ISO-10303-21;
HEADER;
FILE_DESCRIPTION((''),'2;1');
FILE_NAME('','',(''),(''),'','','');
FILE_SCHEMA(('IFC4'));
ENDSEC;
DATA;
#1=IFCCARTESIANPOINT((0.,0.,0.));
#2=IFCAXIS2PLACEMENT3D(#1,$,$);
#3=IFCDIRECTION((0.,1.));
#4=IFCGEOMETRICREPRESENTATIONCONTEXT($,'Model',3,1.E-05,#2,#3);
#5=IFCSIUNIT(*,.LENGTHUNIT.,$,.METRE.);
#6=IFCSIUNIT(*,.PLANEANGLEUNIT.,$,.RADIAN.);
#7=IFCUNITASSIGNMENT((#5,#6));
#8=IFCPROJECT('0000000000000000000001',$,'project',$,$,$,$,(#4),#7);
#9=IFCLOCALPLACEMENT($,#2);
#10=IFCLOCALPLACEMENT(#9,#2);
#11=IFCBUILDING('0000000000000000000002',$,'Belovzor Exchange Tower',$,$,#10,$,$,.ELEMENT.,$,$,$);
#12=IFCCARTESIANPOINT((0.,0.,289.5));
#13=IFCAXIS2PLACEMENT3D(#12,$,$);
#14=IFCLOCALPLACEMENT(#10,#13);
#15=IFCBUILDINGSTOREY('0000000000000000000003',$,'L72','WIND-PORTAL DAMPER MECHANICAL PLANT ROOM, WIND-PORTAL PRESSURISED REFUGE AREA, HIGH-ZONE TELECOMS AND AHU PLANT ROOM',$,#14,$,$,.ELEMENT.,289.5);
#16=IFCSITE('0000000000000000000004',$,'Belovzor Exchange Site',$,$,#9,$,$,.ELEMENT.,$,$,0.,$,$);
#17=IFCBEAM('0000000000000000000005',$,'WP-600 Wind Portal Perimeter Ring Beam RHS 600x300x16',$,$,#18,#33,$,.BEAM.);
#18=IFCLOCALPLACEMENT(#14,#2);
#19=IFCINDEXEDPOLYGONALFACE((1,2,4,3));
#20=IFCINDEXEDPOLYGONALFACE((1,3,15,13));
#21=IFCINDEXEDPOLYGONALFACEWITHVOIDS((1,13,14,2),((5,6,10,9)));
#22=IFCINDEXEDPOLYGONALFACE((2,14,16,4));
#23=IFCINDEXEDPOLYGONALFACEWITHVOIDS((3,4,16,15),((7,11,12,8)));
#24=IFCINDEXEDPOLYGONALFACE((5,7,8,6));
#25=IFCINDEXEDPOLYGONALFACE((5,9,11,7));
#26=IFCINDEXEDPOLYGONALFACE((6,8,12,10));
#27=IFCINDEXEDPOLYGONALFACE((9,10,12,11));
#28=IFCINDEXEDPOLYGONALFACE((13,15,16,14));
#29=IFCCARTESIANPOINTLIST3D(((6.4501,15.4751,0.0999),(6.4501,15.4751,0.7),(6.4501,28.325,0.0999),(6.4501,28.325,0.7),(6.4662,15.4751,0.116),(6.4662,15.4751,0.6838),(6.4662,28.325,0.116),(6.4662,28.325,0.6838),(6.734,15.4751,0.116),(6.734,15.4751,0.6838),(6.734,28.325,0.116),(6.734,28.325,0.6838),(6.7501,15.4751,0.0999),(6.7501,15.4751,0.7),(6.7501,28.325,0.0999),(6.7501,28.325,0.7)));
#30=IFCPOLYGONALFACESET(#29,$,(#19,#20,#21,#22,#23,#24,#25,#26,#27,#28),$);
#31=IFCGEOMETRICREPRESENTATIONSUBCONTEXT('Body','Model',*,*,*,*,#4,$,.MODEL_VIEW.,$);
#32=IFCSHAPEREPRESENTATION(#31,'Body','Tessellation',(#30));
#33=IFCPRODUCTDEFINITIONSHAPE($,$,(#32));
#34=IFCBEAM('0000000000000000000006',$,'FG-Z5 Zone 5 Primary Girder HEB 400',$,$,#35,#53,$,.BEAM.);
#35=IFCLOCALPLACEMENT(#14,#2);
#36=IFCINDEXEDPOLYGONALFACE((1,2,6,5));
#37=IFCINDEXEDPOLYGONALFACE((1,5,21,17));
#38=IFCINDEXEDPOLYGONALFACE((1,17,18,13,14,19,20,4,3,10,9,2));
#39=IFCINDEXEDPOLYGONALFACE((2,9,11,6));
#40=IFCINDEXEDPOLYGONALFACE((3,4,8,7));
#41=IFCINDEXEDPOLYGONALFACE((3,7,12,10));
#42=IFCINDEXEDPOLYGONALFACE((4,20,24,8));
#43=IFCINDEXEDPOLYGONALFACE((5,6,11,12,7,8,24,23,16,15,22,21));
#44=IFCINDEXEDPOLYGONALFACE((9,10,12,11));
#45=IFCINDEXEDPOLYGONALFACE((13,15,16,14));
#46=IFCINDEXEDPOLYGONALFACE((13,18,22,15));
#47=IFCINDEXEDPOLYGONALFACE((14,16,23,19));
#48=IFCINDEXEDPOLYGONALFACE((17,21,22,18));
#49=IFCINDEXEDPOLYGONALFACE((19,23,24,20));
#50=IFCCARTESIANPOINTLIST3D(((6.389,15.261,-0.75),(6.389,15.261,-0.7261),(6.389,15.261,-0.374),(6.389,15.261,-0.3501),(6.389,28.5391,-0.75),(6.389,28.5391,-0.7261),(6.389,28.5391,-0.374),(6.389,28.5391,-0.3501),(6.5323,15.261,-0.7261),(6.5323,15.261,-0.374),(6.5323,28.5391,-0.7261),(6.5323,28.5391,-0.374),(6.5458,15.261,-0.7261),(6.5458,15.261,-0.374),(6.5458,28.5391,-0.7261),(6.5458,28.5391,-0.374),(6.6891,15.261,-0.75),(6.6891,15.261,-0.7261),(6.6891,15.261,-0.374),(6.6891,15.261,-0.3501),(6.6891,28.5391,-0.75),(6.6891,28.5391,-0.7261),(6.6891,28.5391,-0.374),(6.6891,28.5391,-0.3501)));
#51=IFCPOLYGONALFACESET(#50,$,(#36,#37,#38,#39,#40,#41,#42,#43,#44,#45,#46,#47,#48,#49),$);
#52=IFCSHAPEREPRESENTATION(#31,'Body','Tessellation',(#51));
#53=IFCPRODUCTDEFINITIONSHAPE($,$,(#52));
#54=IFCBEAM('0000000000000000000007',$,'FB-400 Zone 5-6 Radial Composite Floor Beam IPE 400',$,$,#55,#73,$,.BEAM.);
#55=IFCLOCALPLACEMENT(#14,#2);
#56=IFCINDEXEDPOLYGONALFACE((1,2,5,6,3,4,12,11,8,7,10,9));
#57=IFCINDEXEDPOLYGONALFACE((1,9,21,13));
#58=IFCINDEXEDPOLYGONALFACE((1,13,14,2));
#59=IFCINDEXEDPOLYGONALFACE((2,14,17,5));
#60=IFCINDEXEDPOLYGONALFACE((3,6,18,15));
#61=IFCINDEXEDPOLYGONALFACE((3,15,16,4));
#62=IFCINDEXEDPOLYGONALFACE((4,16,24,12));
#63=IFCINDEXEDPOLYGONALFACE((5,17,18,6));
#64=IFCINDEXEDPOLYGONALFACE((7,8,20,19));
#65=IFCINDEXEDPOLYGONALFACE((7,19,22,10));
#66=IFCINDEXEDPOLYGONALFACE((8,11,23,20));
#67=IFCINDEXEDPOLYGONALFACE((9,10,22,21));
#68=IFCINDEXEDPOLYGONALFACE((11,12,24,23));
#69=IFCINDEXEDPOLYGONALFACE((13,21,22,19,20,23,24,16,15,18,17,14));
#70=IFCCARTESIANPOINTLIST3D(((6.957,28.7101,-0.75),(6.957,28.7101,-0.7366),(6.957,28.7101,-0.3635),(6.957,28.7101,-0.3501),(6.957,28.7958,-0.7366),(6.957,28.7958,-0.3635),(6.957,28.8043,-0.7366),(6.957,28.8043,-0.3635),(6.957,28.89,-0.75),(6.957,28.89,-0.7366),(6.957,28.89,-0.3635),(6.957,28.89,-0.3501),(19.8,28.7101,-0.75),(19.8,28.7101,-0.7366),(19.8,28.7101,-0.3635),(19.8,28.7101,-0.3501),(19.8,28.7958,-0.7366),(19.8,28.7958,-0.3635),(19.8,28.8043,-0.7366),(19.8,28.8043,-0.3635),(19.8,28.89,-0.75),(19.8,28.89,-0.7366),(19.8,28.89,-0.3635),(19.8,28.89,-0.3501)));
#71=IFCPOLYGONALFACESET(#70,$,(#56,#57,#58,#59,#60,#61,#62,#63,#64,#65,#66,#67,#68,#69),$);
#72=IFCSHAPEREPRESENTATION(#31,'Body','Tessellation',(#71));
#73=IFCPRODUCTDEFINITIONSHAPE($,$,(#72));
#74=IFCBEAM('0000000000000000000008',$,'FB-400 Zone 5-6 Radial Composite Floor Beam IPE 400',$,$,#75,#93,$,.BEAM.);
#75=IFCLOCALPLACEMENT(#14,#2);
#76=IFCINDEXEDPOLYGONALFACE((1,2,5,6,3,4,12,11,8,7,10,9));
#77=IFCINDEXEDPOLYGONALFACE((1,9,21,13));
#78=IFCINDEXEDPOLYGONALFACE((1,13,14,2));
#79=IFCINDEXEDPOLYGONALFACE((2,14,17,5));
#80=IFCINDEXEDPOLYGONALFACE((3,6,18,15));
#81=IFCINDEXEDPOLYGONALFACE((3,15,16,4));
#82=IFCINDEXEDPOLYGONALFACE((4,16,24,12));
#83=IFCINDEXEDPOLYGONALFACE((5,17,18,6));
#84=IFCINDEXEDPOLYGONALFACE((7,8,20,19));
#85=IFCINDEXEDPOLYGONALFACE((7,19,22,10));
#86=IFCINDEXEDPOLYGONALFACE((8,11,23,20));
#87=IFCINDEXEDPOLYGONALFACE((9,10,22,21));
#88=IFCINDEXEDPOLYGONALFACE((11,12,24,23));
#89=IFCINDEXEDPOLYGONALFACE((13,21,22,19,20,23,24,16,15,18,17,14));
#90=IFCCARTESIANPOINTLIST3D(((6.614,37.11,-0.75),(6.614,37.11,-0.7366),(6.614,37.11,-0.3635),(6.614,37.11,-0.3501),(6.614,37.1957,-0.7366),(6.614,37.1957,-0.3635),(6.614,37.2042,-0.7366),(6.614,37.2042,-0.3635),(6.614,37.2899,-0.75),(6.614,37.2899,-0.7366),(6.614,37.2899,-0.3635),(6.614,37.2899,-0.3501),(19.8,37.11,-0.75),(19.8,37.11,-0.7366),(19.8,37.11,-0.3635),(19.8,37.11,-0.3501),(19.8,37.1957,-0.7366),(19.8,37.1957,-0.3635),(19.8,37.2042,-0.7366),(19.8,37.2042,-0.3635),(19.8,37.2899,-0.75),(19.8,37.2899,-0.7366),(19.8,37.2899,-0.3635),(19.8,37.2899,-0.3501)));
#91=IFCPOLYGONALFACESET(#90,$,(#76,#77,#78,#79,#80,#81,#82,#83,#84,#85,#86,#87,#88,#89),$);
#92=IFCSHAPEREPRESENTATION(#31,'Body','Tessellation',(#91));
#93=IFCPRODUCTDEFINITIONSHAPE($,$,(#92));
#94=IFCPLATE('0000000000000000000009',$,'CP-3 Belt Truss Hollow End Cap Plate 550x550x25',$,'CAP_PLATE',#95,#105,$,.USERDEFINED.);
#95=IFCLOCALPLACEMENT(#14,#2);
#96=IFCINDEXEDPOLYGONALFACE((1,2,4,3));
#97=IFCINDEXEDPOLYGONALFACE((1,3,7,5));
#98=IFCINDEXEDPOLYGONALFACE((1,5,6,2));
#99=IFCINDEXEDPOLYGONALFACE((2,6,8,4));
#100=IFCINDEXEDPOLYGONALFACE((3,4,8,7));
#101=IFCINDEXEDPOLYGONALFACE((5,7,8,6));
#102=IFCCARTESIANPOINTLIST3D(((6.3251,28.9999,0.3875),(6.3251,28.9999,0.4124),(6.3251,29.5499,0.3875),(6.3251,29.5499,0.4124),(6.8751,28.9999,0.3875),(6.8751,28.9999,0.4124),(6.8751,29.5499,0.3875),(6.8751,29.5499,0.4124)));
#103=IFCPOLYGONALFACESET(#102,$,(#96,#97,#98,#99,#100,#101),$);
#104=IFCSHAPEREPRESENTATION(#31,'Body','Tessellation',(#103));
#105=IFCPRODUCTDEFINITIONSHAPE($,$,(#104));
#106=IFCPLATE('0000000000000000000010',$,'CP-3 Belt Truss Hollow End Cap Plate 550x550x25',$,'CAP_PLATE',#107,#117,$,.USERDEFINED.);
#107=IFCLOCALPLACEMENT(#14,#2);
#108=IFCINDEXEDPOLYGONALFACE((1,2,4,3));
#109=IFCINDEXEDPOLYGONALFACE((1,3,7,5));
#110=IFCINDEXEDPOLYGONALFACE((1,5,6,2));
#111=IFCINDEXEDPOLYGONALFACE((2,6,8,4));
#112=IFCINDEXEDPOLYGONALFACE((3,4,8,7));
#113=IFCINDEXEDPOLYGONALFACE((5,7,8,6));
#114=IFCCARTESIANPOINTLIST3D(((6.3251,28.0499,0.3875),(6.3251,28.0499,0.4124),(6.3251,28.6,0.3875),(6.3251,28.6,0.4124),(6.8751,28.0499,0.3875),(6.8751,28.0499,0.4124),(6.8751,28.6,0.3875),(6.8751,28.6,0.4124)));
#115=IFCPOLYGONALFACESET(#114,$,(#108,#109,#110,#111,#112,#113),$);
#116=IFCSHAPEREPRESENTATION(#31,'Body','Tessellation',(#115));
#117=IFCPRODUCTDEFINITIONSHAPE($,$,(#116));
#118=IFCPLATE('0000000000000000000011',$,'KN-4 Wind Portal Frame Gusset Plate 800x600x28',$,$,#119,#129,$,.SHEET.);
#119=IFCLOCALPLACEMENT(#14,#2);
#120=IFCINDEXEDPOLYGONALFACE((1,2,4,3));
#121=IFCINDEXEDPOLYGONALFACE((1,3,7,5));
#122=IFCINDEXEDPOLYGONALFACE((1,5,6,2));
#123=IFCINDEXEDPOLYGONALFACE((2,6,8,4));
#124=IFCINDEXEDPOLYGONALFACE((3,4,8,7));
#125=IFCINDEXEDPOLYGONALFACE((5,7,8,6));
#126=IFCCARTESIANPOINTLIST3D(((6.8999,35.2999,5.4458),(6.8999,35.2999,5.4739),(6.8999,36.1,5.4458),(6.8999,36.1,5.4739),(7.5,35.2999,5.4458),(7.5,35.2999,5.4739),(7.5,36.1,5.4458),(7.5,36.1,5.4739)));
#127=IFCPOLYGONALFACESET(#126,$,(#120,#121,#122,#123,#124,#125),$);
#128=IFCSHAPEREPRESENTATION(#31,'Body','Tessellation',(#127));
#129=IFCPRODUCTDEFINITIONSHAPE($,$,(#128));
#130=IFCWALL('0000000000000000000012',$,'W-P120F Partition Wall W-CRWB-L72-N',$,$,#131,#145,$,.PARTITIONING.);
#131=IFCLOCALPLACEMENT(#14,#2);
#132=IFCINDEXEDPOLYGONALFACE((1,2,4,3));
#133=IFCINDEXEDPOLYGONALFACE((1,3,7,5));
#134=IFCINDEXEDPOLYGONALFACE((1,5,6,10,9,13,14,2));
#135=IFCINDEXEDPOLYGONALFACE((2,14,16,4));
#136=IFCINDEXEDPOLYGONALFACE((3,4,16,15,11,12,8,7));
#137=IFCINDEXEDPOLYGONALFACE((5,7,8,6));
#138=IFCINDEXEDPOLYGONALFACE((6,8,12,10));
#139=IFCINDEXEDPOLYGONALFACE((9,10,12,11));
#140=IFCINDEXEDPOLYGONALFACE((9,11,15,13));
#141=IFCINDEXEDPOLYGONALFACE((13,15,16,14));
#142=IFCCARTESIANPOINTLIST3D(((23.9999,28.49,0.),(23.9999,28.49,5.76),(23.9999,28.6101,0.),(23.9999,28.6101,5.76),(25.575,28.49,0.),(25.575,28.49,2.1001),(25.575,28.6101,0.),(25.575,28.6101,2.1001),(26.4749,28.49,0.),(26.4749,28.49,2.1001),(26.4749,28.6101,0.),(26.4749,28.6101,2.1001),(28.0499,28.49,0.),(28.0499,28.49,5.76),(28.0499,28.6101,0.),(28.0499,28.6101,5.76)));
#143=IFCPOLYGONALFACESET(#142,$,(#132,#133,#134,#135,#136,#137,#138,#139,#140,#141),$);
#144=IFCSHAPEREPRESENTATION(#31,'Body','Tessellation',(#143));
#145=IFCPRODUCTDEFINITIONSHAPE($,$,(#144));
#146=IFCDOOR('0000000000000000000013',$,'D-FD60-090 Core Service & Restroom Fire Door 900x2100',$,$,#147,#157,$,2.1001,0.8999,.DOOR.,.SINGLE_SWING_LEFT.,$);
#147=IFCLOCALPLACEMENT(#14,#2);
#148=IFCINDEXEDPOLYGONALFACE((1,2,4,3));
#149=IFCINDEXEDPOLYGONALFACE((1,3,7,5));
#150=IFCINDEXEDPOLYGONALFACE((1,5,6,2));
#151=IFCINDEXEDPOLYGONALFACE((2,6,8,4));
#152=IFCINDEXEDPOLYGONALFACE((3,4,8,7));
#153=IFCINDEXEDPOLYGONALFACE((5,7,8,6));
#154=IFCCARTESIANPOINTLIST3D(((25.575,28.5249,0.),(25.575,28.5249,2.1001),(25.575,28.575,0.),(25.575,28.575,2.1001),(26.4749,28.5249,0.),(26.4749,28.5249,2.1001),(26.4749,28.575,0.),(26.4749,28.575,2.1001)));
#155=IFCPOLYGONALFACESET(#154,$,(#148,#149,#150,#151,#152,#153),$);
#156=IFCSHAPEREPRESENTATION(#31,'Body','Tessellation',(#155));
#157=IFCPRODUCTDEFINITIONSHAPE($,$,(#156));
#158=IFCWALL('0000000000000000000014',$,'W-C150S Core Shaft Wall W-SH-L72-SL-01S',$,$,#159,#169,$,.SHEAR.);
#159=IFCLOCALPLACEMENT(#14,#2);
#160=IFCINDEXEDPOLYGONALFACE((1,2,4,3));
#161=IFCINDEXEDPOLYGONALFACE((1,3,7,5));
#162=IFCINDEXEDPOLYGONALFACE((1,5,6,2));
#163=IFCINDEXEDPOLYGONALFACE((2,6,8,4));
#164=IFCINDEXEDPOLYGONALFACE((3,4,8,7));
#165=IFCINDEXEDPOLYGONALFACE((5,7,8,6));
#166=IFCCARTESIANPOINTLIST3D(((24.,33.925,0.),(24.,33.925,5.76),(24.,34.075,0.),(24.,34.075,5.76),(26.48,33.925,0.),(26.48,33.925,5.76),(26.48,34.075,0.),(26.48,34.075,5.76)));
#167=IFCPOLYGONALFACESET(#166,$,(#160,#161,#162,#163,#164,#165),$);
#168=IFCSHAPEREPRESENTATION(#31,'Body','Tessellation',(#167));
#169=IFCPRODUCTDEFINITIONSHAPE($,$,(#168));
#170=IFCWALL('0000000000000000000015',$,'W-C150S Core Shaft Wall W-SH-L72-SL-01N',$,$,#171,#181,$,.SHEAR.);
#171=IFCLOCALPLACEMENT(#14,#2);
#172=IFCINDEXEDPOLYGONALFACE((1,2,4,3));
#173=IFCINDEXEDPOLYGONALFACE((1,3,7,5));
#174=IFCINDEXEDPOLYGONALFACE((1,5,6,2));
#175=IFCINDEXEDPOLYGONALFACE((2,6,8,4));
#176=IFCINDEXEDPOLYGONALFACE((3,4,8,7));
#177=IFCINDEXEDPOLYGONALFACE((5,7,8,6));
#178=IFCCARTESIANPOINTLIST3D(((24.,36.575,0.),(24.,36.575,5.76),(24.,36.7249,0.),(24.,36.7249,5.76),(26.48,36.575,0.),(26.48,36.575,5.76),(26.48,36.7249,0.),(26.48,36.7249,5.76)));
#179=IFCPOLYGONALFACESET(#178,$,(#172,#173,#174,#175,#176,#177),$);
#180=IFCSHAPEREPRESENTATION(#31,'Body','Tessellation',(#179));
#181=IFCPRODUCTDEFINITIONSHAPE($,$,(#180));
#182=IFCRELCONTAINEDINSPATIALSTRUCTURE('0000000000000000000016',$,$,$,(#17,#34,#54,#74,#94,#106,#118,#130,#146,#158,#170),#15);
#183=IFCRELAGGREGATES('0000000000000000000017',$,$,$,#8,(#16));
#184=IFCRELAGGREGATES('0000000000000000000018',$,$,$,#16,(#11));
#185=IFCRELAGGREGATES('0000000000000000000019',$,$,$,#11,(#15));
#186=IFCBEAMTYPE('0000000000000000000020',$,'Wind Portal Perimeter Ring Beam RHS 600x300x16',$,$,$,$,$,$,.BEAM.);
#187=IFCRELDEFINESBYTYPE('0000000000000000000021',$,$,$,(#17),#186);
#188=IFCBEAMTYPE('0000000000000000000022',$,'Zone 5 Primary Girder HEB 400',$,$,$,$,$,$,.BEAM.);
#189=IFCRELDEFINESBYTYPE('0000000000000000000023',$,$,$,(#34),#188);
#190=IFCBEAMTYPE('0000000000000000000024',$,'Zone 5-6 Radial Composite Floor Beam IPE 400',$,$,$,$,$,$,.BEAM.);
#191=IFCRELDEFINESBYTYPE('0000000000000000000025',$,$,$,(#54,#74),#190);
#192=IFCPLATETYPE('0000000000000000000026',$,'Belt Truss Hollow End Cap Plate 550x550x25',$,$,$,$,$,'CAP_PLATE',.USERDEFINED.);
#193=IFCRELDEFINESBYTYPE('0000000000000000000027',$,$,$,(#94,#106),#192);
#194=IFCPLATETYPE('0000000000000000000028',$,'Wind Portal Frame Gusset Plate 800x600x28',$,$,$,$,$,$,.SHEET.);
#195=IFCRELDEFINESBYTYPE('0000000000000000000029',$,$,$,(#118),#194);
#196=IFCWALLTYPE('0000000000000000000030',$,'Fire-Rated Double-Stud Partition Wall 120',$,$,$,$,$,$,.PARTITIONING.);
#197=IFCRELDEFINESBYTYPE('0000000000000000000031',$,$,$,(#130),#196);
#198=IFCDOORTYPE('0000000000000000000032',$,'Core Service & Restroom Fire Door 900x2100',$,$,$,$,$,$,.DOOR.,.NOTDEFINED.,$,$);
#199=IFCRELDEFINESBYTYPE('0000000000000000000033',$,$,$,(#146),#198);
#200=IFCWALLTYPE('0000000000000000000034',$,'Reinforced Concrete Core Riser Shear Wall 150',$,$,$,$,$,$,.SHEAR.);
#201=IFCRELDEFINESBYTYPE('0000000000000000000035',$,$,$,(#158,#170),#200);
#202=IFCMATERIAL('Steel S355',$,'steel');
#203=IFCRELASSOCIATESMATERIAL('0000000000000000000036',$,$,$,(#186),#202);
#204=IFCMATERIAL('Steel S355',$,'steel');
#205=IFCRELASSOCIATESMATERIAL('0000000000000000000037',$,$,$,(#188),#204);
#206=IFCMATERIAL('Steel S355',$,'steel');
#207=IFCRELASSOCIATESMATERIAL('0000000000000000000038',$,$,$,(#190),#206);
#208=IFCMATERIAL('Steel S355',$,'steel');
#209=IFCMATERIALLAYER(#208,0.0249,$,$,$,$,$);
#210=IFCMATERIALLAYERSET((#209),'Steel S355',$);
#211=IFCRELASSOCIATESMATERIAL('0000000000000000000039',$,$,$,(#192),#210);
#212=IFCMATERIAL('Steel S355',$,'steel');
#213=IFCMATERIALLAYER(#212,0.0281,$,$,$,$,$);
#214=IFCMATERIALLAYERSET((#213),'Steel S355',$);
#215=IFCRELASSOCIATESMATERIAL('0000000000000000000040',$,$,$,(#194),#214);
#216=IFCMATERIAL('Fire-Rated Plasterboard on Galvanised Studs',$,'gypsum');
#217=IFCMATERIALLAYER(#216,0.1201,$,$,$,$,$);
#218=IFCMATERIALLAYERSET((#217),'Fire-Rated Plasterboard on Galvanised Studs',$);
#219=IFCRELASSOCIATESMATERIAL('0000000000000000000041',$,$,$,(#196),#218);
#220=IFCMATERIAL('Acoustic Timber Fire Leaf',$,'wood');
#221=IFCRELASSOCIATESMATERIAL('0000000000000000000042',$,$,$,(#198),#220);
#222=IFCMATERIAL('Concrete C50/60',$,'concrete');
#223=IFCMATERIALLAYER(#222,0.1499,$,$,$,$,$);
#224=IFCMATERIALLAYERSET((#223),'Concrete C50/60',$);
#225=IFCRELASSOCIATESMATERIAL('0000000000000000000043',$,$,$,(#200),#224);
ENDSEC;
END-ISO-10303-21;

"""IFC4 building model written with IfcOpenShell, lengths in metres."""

from ifc_helpers import new_model, si_unit, direction, frame, frame_2d, origin, origin_2d, place, context, subcontext, project, spatial, rectangle, hollow_rectangle, i_section, extrude, material, layer, layer_set, material_profile, profile_set, type_object, element, fill, save


model = new_model("IFC4")

# Units and contexts
model_context = context("Model", 3, precision=1e-05, world=origin(), true_north=direction((0.0, 1.0)))
body_context = subcontext(model_context, "Body", "Model", "MODEL_VIEW")
ifc_project = project(units=[si_unit("LENGTHUNIT", "METRE"), si_unit("PLANEANGLEUNIT", "RADIAN")], contexts=[model_context])

# Site, building, storey
site_placement = place(None, origin())
site = spatial("IfcSite", under=ifc_project, at=site_placement, Name="Belovzor Exchange Site", CompositionType="ELEMENT", RefElevation=0.0)
building_placement = place(site_placement, origin())
building = spatial("IfcBuilding", under=site, at=building_placement, Name="Belovzor Exchange Tower", CompositionType="ELEMENT")
storey_placement = place(building_placement, frame((0.0, 0.0, 289.5)))
storey = spatial("IfcBuildingStorey", under=building, at=storey_placement, Name="L72", Description="WIND-PORTAL DAMPER MECHANICAL PLANT ROOM, WIND-PORTAL PRESSURISED REFUGE AREA, HIGH-ZONE TELECOMS AND AHU PLANT ROOM", CompositionType="ELEMENT", Elevation=289.5)

# Beams
ifc_material_1 = material(Name="Steel S355", Category="steel")
ifc_material_profile_1 = material_profile(ifc_material_1, hollow_rectangle(XDim=0.3, YDim=0.6001, WallThickness=0.0161, at=origin_2d()))
ifc_profile_set_1 = profile_set([ifc_material_profile_1], Name="Steel S355")
beam_type_1 = type_object("IfcBeamType", Name="Wind Portal Perimeter Ring Beam RHS 600x300x16", PredefinedType="BEAM", material=ifc_profile_set_1)
beam_1_placement = place(storey_placement, frame((6.6001, 28.325, 0.3999), z_axis=(0.0, -1.0, 0.0), x_axis=(1.0, 0.0, 0.0)))
element("IfcBeam", 1, at=beam_1_placement, inside=storey, type_object=beam_type_1, Name="WP-600 Wind Portal Perimeter Ring Beam RHS 600x300x16", PredefinedType="BEAM", context=body_context, shape_type="SweptSolid", body=[
    extrude(hollow_rectangle(XDim=0.3, YDim=0.6001, WallThickness=0.0161, at=origin_2d()), origin(), (0.0, 0.0, 1.0), 12.8499),
])
ifc_material_2 = material(Name="Steel S355", Category="steel")
ifc_material_profile_2 = material_profile(ifc_material_2, i_section(OverallWidth=0.3, OverallDepth=0.3999, WebThickness=0.0134, FlangeThickness=0.0239, at=origin_2d()))
ifc_profile_set_2 = profile_set([ifc_material_profile_2], Name="Steel S355")
beam_type_2 = type_object("IfcBeamType", Name="Zone 5 Primary Girder HEB 400", PredefinedType="BEAM", material=ifc_profile_set_2)
beam_2_placement = place(storey_placement, frame((6.5391, 28.5391, -0.55), z_axis=(0.0, -1.0, 0.0), x_axis=(1.0, 0.0, 0.0)))
element("IfcBeam", 2, at=beam_2_placement, inside=storey, type_object=beam_type_2, Name="FG-Z5 Zone 5 Primary Girder HEB 400", PredefinedType="BEAM", context=body_context, shape_type="SweptSolid", body=[
    extrude(i_section(OverallWidth=0.3, OverallDepth=0.3999, WebThickness=0.0134, FlangeThickness=0.0239, at=origin_2d()), origin(), (0.0, 0.0, 1.0), 13.2781),
])
ifc_material_3 = material(Name="Steel S355", Category="steel")
ifc_material_profile_3 = material_profile(ifc_material_3, i_section(OverallWidth=0.1799, OverallDepth=0.3999, WebThickness=0.0085, FlangeThickness=0.0134, at=origin_2d()))
ifc_profile_set_3 = profile_set([ifc_material_profile_3], Name="Steel S355")
beam_type_3 = type_object("IfcBeamType", Name="Zone 5-6 Radial Composite Floor Beam IPE 400", PredefinedType="BEAM", material=ifc_profile_set_3)
beam_3_placement = place(storey_placement, frame((19.8, 28.8, -0.55), z_axis=(-1.0, 0.0, 0.0), x_axis=(0.0, -1.0, 0.0)))
element("IfcBeam", 3, at=beam_3_placement, inside=storey, type_object=beam_type_3, Name="FB-400 Zone 5-6 Radial Composite Floor Beam IPE 400", PredefinedType="BEAM", context=body_context, shape_type="SweptSolid", body=[
    extrude(i_section(OverallWidth=0.1799, OverallDepth=0.3999, WebThickness=0.0085, FlangeThickness=0.0134, at=origin_2d()), origin(), (0.0, 0.0, 1.0), 12.843),
])
beam_4_placement = place(storey_placement, frame((19.8, 37.2, -0.55), z_axis=(-1.0, 0.0, 0.0), x_axis=(0.0, -1.0, 0.0)))
element("IfcBeam", 4, at=beam_4_placement, inside=storey, type_object=beam_type_3, Name="FB-400 Zone 5-6 Radial Composite Floor Beam IPE 400", PredefinedType="BEAM", context=body_context, shape_type="SweptSolid", body=[
    extrude(i_section(OverallWidth=0.1799, OverallDepth=0.3999, WebThickness=0.0085, FlangeThickness=0.0134, at=origin_2d()), origin(), (0.0, 0.0, 1.0), 13.186),
])

# Plates
ifc_material_4 = material(Name="Steel S355", Category="steel")
ifc_layer_1 = layer(ifc_material_4, 0.0249)
ifc_layer_set_1 = layer_set([ifc_layer_1], Name="Steel S355")
plate_type_1 = type_object("IfcPlateType", Name="Belt Truss Hollow End Cap Plate 550x550x25", ElementType="CAP_PLATE", PredefinedType="USERDEFINED", material=ifc_layer_set_1)
for number, where, z_axis, x_axis, name in (
    (5, (6.6001, 29.2749, 0.3875), (0.0, 0.0, 1.0), (0.0, 1.0, 0.0), "CP-3 Belt Truss Hollow End Cap Plate 550x550x25"),
    (6, (6.6001, 28.325, 0.3875), (0.0, 0.0, 1.0), (0.0, 1.0, 0.0), "CP-3 Belt Truss Hollow End Cap Plate 550x550x25"),
):
    element("IfcPlate", number, at=place(storey_placement, frame(where, z_axis=z_axis, x_axis=x_axis)), inside=storey, type_object=plate_type_1, Name=name, ObjectType="CAP_PLATE", PredefinedType="USERDEFINED", context=body_context, shape_type="SweptSolid", body=[
        extrude(rectangle(XDim=0.55, YDim=0.55, at=origin_2d()), origin(), (0.0, 0.0, 1.0), 0.0249),
    ])
ifc_material_5 = material(Name="Steel S355", Category="steel")
ifc_layer_2 = layer(ifc_material_5, 0.0281)
ifc_layer_set_2 = layer_set([ifc_layer_2], Name="Steel S355")
plate_type_2 = type_object("IfcPlateType", Name="Wind Portal Frame Gusset Plate 800x600x28", PredefinedType="SHEET", material=ifc_layer_set_2)
plate_placement = place(storey_placement, frame((7.2, 35.7, 5.4458), z_axis=(0.0, 0.0, 1.0), x_axis=(0.0, 1.0, 0.0)))
element("IfcPlate", 7, at=plate_placement, inside=storey, type_object=plate_type_2, Name="KN-4 Wind Portal Frame Gusset Plate 800x600x28", PredefinedType="SHEET", context=body_context, shape_type="SweptSolid", body=[
    extrude(rectangle(XDim=0.8, YDim=0.6001, at=origin_2d()), origin(), (0.0, 0.0, 1.0), 0.0281),
])

# Wall, opening, door
ifc_material_6 = material(Name="Fire-Rated Plasterboard on Galvanised Studs", Category="gypsum")
ifc_layer_3 = layer(ifc_material_6, 0.1201)
ifc_layer_set_3 = layer_set([ifc_layer_3], Name="Fire-Rated Plasterboard on Galvanised Studs")
wall_type_1 = type_object("IfcWallType", Name="Fire-Rated Double-Stud Partition Wall 120", PredefinedType="PARTITIONING", material=ifc_layer_set_3)
wall_1_placement = place(storey_placement, frame((24.0, 28.55, 0.0), z_axis=(0.0, 0.0, 1.0), x_axis=(1.0, 0.0, 0.0)))
wall_1 = element("IfcWall", 8, at=wall_1_placement, inside=storey, type_object=wall_type_1, Name="W-P120F Partition Wall W-CRWB-L72-N", PredefinedType="PARTITIONING", context=body_context, shape_type="SweptSolid", body=[
    extrude(rectangle(XDim=4.05, YDim=0.1201, at=frame_2d((2.0249, 0.0))), origin(), (0.0, 0.0, 1.0), 5.76),
])
opening_1_placement = place(wall_1_placement, frame((1.575, 0.0, 0.0)))
opening_1 = element("IfcOpeningElement", 9, at=opening_1_placement, cuts=wall_1, PredefinedType="OPENING", context=body_context, shape_type="SweptSolid", body=[
    extrude(rectangle(XDim=0.8999, YDim=2.1001, at=frame_2d((0.45, 1.05))), frame((0.0, 0.0701, 0.0), z_axis=(0.0, -1.0, 0.0), x_axis=(1.0, 0.0, 0.0)), (0.0, 0.0, 1.0), 0.1401),
])
ifc_material_7 = material(Name="Acoustic Timber Fire Leaf", Category="wood")
door_type_1 = type_object("IfcDoorType", Name="Core Service & Restroom Fire Door 900x2100", OperationType="NOTDEFINED", PredefinedType="DOOR", material=ifc_material_7)
door_1_placement = place(opening_1_placement, origin())
door_1 = element("IfcDoor", 10, at=door_1_placement, inside=storey, type_object=door_type_1, Name="D-FD60-090 Core Service & Restroom Fire Door 900x2100", OperationType="SINGLE_SWING_LEFT", OverallHeight=2.1001, OverallWidth=0.8999, PredefinedType="DOOR", context=body_context, shape_type="SweptSolid", body=[
    extrude(rectangle(XDim=0.8999, YDim=2.1001, at=frame_2d((0.45, 1.05))), frame((0.0, 0.0249, 0.0), z_axis=(0.0, -1.0, 0.0), x_axis=(1.0, 0.0, 0.0)), (0.0, 0.0, 1.0), 0.05),
])
fill(opening_1, door_1)

# Walls
ifc_material_8 = material(Name="Concrete C50/60", Category="concrete")
ifc_layer_4 = layer(ifc_material_8, 0.1499)
ifc_layer_set_4 = layer_set([ifc_layer_4], Name="Concrete C50/60")
wall_type_2 = type_object("IfcWallType", Name="Reinforced Concrete Core Riser Shear Wall 150", PredefinedType="SHEAR", material=ifc_layer_set_4)
for number, where, z_axis, x_axis, name in (
    (11, (24.0, 34.0, 0.0), (0.0, 0.0, 1.0), (1.0, 0.0, 0.0), "W-C150S Core Shaft Wall W-SH-L72-SL-01S"),
    (12, (24.0, 36.6499, 0.0), (0.0, 0.0, 1.0), (1.0, 0.0, 0.0), "W-C150S Core Shaft Wall W-SH-L72-SL-01N"),
):
    element("IfcWall", number, at=place(storey_placement, frame(where, z_axis=z_axis, x_axis=x_axis)), inside=storey, type_object=wall_type_2, Name=name, PredefinedType="SHEAR", context=body_context, shape_type="SweptSolid", body=[
        extrude(rectangle(XDim=2.48, YDim=0.1499, at=frame_2d((1.24, 0.0))), origin(), (0.0, 0.0, 1.0), 5.76),
    ])

save(model, "model.ifc")
